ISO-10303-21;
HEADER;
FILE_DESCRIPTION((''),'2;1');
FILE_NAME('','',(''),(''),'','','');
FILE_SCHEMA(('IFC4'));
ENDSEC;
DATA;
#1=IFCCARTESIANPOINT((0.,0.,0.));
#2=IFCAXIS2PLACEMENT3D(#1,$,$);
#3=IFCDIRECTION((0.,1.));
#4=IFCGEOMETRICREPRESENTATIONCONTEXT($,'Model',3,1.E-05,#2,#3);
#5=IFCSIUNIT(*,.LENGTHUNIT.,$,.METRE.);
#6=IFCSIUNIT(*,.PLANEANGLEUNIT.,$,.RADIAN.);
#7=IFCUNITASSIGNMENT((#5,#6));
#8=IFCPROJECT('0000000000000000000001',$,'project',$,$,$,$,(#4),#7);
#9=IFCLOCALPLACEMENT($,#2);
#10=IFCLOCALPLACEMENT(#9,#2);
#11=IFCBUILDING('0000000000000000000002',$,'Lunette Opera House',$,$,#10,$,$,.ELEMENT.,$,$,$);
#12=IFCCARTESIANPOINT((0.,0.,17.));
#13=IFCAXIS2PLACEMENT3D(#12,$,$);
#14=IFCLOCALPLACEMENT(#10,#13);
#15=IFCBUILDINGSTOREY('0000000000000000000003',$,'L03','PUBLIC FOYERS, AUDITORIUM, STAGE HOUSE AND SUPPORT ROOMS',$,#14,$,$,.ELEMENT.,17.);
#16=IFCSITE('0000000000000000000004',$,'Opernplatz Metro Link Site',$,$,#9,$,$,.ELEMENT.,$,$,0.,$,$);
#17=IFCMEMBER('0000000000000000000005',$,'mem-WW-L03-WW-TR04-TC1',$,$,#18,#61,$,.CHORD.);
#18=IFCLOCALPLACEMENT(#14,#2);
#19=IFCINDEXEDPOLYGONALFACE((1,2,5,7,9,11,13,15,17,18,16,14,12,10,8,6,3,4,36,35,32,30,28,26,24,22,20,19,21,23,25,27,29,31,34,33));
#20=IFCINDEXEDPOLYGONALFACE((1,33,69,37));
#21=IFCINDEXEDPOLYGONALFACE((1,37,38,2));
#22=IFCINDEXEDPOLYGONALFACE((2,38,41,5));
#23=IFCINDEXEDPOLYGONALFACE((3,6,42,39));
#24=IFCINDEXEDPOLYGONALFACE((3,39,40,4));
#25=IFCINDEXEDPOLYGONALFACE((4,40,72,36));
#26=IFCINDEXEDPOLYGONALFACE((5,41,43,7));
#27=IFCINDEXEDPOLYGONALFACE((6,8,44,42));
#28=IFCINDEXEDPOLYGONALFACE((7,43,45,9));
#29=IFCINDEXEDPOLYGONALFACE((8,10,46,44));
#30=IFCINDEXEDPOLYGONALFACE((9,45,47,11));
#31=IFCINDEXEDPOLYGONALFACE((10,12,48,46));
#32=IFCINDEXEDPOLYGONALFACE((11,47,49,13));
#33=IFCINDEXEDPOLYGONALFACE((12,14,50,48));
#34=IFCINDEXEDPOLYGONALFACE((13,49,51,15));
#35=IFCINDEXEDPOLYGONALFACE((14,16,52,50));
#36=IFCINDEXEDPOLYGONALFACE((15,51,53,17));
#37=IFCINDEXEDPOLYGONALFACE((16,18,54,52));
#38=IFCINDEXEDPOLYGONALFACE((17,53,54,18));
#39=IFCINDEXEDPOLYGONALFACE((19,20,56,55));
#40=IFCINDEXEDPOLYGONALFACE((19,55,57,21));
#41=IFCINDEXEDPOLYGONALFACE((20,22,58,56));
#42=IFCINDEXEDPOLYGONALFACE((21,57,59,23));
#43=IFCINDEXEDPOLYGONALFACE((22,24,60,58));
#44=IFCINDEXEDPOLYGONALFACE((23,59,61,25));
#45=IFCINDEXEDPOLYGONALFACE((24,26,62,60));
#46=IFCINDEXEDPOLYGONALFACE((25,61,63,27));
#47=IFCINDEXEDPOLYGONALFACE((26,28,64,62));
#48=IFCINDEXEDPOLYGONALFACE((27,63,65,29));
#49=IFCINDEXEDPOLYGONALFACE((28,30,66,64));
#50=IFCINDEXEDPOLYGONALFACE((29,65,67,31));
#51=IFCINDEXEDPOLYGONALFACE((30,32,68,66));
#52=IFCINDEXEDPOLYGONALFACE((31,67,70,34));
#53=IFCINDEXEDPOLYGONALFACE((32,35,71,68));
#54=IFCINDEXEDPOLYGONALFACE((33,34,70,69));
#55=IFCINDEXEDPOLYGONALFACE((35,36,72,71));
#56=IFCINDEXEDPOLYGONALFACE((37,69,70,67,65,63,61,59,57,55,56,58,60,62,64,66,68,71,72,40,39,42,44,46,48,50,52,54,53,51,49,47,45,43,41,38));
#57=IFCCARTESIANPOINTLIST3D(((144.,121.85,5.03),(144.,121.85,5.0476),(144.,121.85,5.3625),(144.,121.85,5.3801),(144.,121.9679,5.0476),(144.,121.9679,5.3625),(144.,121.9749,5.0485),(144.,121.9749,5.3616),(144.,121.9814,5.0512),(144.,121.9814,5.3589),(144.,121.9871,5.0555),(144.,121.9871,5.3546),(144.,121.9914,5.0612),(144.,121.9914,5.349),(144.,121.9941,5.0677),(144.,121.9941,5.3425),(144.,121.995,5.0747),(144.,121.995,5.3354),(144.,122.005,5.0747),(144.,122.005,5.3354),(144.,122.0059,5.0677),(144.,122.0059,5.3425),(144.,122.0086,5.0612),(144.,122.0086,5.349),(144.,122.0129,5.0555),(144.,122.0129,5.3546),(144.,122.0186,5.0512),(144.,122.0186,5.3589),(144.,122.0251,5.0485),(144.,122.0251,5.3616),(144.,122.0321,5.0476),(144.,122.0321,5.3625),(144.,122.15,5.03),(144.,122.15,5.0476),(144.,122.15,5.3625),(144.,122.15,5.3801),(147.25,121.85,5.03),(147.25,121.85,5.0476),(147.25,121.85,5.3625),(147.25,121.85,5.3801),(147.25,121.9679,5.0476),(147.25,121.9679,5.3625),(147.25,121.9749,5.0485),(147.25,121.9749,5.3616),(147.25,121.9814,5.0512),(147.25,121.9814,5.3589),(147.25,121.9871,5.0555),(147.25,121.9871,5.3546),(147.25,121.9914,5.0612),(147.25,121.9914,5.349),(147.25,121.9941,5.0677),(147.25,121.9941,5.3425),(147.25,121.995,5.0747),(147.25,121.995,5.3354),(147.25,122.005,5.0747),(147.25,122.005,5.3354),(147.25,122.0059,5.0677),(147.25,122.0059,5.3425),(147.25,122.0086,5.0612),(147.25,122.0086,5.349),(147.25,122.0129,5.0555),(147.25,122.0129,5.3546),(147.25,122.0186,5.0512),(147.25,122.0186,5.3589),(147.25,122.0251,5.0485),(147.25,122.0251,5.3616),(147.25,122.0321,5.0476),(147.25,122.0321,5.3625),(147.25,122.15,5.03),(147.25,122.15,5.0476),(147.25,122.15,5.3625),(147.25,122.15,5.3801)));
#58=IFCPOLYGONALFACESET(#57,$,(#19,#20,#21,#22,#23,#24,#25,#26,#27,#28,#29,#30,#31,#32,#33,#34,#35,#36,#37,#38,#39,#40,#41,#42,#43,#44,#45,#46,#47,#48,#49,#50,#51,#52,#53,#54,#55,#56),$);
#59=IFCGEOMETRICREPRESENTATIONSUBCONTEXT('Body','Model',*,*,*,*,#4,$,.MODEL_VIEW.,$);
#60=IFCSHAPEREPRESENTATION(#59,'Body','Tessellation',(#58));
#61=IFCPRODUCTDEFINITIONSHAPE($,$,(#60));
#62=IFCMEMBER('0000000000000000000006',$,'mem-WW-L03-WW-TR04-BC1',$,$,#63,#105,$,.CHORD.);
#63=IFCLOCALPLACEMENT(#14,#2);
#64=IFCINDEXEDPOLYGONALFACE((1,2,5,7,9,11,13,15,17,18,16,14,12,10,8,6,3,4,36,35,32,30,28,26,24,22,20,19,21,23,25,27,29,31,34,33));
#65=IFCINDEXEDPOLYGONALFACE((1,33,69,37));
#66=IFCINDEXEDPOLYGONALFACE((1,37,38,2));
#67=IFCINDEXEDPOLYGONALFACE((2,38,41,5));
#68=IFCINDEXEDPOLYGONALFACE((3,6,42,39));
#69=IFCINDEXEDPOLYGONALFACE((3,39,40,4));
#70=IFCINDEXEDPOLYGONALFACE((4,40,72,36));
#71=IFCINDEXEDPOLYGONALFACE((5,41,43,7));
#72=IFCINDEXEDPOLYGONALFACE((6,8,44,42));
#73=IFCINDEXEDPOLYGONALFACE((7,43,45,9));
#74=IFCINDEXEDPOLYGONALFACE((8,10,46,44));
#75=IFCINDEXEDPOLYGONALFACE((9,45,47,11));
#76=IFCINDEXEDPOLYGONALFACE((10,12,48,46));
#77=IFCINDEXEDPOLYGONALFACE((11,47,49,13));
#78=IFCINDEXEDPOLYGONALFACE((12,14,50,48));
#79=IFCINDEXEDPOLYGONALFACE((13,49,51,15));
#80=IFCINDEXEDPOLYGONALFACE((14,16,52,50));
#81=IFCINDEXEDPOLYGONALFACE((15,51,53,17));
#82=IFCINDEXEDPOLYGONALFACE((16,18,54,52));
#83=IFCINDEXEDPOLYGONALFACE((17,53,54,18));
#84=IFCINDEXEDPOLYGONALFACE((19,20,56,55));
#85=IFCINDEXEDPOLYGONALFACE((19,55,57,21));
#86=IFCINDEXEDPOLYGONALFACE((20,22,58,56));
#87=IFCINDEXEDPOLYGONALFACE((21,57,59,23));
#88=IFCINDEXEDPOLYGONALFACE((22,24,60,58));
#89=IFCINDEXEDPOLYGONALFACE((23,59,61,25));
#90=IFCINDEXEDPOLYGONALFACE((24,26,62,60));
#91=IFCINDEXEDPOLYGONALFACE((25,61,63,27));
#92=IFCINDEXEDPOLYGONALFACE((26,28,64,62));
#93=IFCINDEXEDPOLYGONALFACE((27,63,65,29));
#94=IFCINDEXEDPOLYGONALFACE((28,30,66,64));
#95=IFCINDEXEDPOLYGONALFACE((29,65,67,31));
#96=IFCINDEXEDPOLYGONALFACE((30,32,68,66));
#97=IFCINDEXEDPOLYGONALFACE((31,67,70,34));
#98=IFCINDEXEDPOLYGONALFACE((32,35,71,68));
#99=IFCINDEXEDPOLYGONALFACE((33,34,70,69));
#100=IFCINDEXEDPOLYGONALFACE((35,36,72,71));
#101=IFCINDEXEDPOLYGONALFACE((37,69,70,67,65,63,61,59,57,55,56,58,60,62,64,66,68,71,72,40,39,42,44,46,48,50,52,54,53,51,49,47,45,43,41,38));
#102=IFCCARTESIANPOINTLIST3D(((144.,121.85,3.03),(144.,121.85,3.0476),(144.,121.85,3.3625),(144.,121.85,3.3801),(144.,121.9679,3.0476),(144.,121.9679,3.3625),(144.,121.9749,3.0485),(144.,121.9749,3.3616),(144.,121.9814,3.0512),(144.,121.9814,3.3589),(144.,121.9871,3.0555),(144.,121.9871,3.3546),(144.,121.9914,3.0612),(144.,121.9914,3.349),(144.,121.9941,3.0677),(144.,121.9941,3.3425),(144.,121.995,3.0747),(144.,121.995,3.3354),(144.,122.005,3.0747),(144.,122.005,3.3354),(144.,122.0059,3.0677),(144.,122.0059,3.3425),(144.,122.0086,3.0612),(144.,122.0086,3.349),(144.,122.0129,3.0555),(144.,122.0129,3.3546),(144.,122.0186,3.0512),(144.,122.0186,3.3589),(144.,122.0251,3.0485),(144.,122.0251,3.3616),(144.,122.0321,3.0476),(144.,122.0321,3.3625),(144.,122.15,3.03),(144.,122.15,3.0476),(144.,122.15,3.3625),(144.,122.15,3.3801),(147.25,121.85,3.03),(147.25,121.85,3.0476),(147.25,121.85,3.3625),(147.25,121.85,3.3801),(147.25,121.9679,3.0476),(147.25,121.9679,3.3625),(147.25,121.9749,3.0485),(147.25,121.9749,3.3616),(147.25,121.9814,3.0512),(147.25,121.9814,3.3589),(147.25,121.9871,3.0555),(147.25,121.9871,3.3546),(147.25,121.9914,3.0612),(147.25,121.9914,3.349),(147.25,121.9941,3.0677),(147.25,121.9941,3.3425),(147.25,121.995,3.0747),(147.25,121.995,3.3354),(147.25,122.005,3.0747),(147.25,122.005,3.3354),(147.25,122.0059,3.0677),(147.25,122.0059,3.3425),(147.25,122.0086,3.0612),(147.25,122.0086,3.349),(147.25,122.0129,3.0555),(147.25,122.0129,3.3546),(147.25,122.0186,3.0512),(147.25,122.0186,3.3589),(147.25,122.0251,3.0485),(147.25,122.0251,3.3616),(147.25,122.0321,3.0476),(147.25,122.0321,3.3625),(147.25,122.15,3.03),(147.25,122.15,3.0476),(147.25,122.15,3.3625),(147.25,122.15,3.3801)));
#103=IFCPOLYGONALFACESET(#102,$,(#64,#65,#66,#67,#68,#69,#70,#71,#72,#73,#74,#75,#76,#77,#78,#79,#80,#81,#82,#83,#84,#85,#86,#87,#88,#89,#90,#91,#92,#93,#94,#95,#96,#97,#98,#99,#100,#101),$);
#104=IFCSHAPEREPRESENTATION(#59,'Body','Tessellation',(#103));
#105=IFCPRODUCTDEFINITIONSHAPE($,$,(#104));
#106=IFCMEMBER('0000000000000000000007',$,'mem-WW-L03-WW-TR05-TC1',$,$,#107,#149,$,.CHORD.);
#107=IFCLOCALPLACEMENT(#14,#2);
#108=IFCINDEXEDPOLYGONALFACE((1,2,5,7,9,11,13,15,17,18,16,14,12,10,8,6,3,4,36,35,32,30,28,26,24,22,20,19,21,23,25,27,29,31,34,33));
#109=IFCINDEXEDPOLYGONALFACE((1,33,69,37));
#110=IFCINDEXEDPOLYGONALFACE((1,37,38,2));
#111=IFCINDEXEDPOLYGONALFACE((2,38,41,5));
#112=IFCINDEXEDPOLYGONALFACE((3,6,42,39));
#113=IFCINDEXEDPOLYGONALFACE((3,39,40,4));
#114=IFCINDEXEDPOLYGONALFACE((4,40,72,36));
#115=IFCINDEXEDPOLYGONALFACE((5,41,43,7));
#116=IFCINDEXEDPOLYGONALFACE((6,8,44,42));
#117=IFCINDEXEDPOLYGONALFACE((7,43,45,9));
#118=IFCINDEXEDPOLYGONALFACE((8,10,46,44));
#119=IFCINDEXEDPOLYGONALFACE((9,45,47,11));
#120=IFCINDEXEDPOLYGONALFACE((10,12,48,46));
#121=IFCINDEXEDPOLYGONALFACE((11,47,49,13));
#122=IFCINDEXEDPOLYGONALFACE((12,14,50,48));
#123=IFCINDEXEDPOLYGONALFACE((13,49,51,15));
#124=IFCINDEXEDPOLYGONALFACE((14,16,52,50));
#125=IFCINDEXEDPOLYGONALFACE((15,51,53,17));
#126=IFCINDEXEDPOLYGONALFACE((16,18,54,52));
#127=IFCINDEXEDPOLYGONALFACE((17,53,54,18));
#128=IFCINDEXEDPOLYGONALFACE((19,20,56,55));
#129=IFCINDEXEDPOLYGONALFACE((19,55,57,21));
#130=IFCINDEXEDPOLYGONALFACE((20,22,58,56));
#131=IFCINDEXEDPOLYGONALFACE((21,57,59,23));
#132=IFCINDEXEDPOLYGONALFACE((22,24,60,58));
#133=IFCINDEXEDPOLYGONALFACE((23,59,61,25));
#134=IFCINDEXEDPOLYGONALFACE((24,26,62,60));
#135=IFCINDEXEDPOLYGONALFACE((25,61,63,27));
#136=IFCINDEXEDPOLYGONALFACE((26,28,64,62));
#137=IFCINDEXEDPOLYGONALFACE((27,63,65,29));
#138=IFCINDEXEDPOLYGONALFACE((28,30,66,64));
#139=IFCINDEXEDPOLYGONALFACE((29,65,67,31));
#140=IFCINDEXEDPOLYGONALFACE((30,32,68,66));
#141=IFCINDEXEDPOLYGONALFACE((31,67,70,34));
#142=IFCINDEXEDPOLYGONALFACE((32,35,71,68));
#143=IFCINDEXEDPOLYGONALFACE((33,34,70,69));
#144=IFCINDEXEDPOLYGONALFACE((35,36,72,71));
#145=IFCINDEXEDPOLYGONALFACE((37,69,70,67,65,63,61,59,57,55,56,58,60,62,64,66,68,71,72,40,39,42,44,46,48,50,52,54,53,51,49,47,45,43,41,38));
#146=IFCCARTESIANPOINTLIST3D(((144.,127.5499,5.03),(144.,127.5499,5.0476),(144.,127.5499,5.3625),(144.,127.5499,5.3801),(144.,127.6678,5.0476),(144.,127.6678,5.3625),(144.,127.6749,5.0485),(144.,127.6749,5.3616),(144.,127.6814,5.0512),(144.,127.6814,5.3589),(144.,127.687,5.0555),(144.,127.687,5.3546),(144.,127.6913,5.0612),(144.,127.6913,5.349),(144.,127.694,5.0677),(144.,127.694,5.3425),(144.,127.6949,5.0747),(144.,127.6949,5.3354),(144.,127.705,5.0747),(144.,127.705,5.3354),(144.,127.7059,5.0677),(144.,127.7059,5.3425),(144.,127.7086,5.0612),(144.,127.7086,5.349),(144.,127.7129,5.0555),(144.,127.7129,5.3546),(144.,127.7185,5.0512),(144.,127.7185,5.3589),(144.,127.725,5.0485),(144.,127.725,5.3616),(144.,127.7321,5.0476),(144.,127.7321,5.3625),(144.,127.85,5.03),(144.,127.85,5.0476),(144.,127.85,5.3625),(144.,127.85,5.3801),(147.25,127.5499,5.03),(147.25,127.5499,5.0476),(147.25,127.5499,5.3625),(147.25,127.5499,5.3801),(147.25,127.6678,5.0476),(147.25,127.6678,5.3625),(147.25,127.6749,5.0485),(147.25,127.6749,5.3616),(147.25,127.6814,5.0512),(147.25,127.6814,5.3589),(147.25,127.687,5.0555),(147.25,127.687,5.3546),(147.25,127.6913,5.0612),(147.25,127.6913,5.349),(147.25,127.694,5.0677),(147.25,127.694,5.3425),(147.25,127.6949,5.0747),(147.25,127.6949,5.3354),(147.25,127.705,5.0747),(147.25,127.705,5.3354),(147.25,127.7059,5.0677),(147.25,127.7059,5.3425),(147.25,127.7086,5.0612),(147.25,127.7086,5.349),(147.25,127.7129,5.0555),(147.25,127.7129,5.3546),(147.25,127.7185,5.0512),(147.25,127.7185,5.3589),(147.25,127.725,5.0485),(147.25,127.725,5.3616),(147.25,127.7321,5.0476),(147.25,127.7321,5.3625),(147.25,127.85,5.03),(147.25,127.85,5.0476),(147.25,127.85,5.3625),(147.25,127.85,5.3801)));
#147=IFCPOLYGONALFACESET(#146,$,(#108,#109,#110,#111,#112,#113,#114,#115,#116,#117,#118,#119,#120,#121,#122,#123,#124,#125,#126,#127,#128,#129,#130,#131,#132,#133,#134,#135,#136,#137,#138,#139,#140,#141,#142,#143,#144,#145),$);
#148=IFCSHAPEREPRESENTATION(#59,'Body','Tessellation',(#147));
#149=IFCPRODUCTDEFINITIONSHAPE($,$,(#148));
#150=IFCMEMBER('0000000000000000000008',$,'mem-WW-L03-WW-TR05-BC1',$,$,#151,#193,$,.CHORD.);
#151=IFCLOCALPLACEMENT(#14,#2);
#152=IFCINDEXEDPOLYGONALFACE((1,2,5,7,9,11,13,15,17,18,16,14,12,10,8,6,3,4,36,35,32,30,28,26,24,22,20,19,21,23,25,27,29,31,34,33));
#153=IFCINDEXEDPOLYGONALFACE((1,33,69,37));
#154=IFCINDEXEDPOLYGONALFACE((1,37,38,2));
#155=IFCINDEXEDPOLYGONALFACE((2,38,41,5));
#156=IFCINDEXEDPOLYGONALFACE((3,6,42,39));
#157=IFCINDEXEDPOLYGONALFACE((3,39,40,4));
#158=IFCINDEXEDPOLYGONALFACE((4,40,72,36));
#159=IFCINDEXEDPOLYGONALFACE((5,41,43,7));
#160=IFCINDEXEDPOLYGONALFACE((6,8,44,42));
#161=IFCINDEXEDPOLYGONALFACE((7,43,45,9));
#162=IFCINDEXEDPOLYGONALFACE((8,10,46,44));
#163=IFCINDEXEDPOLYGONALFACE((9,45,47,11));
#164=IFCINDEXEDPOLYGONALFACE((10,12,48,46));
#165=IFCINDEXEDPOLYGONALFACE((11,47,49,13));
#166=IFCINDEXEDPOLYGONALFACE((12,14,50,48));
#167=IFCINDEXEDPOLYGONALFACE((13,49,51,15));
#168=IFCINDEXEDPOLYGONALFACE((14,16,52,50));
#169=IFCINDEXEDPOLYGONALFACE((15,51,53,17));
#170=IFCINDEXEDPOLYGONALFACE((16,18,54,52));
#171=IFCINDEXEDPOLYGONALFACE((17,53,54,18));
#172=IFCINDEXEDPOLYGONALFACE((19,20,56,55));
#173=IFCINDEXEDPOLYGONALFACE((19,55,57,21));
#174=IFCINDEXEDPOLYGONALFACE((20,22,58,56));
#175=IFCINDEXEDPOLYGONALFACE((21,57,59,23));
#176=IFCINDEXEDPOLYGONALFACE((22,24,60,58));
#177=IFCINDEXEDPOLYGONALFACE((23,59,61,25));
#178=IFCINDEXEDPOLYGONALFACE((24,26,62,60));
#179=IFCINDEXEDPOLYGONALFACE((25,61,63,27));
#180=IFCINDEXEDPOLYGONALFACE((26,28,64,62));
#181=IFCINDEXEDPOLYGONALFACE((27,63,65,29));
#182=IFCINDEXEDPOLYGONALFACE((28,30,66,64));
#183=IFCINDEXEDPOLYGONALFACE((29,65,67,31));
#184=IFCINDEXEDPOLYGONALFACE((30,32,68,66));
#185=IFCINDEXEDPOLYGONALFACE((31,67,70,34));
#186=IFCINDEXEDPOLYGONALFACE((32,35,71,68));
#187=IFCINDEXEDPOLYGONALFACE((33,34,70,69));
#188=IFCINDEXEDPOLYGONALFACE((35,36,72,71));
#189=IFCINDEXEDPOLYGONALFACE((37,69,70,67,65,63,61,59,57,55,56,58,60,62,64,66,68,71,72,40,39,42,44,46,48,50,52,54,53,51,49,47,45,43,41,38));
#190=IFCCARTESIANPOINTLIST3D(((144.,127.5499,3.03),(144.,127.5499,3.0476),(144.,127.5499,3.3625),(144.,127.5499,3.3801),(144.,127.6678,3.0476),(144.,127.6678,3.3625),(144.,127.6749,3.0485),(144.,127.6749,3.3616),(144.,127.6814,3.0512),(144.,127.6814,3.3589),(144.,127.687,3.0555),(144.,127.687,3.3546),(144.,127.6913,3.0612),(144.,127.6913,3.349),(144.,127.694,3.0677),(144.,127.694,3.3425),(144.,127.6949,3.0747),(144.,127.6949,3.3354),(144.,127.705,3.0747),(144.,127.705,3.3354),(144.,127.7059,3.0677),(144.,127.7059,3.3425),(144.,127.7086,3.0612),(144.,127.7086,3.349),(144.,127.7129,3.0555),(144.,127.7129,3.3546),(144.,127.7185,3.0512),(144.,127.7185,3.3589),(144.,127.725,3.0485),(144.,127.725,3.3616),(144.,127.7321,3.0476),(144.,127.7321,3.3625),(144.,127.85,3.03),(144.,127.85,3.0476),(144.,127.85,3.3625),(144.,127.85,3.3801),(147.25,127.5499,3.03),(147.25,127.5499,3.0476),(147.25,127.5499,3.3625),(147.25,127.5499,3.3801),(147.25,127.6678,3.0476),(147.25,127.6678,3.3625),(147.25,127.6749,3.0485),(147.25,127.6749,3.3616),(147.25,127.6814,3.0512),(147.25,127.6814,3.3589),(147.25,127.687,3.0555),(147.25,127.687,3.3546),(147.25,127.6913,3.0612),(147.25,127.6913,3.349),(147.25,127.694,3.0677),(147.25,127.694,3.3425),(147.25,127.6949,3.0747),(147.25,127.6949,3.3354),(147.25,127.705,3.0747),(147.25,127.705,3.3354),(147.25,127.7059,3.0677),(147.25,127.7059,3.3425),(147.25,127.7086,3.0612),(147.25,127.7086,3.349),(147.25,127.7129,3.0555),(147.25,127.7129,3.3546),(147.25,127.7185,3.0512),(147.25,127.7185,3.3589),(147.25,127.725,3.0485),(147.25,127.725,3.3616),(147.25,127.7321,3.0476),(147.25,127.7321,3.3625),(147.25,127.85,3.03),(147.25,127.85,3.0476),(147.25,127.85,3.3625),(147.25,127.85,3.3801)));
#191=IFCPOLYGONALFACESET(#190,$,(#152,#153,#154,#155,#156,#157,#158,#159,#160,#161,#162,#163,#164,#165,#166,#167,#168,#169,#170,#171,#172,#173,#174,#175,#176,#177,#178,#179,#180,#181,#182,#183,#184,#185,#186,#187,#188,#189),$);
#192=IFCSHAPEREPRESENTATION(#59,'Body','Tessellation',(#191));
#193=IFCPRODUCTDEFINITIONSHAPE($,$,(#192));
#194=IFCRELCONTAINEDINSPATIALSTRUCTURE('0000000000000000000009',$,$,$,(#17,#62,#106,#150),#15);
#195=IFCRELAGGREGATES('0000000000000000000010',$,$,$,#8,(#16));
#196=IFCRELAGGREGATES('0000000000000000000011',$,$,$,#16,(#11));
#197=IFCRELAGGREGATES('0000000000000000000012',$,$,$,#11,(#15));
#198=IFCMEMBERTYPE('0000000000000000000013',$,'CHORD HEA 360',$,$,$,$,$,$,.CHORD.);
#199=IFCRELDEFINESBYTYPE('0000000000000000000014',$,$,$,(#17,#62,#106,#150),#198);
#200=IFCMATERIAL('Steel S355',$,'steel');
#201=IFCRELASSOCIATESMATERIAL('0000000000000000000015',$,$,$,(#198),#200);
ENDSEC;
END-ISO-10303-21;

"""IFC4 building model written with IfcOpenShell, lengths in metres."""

from ifc_helpers import new_model, si_unit, direction, frame, origin, origin_2d, place, context, subcontext, project, spatial, i_section, extrude, material, material_profile, profile_set, type_object, element, save


model = new_model("IFC4")

# Units and contexts
model_context = context("Model", 3, precision=1e-05, world=origin(), true_north=direction((0.0, 1.0)))
body_context = subcontext(model_context, "Body", "Model", "MODEL_VIEW")
ifc_project = project(units=[si_unit("LENGTHUNIT", "METRE"), si_unit("PLANEANGLEUNIT", "RADIAN")], contexts=[model_context])

# Site, building, storey
site_placement = place(None, origin())
site = spatial("IfcSite", under=ifc_project, at=site_placement, Name="Opernplatz Metro Link Site", CompositionType="ELEMENT", RefElevation=0.0)
building_placement = place(site_placement, origin())
building = spatial("IfcBuilding", under=site, at=building_placement, Name="Lunette Opera House", CompositionType="ELEMENT")
storey_placement = place(building_placement, frame((0.0, 0.0, 17.0)))
storey = spatial("IfcBuildingStorey", under=building, at=storey_placement, Name="L03", Description="PUBLIC FOYERS, AUDITORIUM, STAGE HOUSE AND SUPPORT ROOMS", CompositionType="ELEMENT", Elevation=17.0)

# Members
ifc_material_1 = material(Name="Steel S355", Category="steel")
ifc_material_profile_1 = material_profile(ifc_material_1, i_section(OverallWidth=0.3, OverallDepth=0.3501, WebThickness=0.01, FlangeThickness=0.0176, FilletRadius=0.0271, at=origin_2d()), Name="HEA 360")
ifc_profile_set_1 = profile_set([ifc_material_profile_1], Name="Steel S355")
member_type_1 = type_object("IfcMemberType", Name="CHORD HEA 360", PredefinedType="CHORD", material=ifc_profile_set_1)
for number, where, z_axis, x_axis, name in (
    (1, (144.0, 122.0, 5.2051), (1.0, 0.0, 0.0), (0.0, 1.0, 0.0), "mem-WW-L03-WW-TR04-TC1"),
    (2, (144.0, 122.0, 3.2051), (1.0, 0.0, 0.0), (0.0, 1.0, 0.0), "mem-WW-L03-WW-TR04-BC1"),
    (3, (144.0, 127.7, 5.2051), (1.0, 0.0, 0.0), (0.0, 1.0, 0.0), "mem-WW-L03-WW-TR05-TC1"),
    (4, (144.0, 127.7, 3.2051), (1.0, 0.0, 0.0), (0.0, 1.0, 0.0), "mem-WW-L03-WW-TR05-BC1"),
):
    element("IfcMember", number, at=place(storey_placement, frame(where, z_axis=z_axis, x_axis=x_axis)), inside=storey, type_object=member_type_1, Name=name, PredefinedType="CHORD", context=body_context, shape_type="SweptSolid", body=[
        extrude(i_section(OverallWidth=0.3, OverallDepth=0.3501, WebThickness=0.01, FlangeThickness=0.0176, FilletRadius=0.0271, at=origin_2d()), origin(), (0.0, 0.0, 1.0), 3.25),
    ])

save(model, "model.ifc")
